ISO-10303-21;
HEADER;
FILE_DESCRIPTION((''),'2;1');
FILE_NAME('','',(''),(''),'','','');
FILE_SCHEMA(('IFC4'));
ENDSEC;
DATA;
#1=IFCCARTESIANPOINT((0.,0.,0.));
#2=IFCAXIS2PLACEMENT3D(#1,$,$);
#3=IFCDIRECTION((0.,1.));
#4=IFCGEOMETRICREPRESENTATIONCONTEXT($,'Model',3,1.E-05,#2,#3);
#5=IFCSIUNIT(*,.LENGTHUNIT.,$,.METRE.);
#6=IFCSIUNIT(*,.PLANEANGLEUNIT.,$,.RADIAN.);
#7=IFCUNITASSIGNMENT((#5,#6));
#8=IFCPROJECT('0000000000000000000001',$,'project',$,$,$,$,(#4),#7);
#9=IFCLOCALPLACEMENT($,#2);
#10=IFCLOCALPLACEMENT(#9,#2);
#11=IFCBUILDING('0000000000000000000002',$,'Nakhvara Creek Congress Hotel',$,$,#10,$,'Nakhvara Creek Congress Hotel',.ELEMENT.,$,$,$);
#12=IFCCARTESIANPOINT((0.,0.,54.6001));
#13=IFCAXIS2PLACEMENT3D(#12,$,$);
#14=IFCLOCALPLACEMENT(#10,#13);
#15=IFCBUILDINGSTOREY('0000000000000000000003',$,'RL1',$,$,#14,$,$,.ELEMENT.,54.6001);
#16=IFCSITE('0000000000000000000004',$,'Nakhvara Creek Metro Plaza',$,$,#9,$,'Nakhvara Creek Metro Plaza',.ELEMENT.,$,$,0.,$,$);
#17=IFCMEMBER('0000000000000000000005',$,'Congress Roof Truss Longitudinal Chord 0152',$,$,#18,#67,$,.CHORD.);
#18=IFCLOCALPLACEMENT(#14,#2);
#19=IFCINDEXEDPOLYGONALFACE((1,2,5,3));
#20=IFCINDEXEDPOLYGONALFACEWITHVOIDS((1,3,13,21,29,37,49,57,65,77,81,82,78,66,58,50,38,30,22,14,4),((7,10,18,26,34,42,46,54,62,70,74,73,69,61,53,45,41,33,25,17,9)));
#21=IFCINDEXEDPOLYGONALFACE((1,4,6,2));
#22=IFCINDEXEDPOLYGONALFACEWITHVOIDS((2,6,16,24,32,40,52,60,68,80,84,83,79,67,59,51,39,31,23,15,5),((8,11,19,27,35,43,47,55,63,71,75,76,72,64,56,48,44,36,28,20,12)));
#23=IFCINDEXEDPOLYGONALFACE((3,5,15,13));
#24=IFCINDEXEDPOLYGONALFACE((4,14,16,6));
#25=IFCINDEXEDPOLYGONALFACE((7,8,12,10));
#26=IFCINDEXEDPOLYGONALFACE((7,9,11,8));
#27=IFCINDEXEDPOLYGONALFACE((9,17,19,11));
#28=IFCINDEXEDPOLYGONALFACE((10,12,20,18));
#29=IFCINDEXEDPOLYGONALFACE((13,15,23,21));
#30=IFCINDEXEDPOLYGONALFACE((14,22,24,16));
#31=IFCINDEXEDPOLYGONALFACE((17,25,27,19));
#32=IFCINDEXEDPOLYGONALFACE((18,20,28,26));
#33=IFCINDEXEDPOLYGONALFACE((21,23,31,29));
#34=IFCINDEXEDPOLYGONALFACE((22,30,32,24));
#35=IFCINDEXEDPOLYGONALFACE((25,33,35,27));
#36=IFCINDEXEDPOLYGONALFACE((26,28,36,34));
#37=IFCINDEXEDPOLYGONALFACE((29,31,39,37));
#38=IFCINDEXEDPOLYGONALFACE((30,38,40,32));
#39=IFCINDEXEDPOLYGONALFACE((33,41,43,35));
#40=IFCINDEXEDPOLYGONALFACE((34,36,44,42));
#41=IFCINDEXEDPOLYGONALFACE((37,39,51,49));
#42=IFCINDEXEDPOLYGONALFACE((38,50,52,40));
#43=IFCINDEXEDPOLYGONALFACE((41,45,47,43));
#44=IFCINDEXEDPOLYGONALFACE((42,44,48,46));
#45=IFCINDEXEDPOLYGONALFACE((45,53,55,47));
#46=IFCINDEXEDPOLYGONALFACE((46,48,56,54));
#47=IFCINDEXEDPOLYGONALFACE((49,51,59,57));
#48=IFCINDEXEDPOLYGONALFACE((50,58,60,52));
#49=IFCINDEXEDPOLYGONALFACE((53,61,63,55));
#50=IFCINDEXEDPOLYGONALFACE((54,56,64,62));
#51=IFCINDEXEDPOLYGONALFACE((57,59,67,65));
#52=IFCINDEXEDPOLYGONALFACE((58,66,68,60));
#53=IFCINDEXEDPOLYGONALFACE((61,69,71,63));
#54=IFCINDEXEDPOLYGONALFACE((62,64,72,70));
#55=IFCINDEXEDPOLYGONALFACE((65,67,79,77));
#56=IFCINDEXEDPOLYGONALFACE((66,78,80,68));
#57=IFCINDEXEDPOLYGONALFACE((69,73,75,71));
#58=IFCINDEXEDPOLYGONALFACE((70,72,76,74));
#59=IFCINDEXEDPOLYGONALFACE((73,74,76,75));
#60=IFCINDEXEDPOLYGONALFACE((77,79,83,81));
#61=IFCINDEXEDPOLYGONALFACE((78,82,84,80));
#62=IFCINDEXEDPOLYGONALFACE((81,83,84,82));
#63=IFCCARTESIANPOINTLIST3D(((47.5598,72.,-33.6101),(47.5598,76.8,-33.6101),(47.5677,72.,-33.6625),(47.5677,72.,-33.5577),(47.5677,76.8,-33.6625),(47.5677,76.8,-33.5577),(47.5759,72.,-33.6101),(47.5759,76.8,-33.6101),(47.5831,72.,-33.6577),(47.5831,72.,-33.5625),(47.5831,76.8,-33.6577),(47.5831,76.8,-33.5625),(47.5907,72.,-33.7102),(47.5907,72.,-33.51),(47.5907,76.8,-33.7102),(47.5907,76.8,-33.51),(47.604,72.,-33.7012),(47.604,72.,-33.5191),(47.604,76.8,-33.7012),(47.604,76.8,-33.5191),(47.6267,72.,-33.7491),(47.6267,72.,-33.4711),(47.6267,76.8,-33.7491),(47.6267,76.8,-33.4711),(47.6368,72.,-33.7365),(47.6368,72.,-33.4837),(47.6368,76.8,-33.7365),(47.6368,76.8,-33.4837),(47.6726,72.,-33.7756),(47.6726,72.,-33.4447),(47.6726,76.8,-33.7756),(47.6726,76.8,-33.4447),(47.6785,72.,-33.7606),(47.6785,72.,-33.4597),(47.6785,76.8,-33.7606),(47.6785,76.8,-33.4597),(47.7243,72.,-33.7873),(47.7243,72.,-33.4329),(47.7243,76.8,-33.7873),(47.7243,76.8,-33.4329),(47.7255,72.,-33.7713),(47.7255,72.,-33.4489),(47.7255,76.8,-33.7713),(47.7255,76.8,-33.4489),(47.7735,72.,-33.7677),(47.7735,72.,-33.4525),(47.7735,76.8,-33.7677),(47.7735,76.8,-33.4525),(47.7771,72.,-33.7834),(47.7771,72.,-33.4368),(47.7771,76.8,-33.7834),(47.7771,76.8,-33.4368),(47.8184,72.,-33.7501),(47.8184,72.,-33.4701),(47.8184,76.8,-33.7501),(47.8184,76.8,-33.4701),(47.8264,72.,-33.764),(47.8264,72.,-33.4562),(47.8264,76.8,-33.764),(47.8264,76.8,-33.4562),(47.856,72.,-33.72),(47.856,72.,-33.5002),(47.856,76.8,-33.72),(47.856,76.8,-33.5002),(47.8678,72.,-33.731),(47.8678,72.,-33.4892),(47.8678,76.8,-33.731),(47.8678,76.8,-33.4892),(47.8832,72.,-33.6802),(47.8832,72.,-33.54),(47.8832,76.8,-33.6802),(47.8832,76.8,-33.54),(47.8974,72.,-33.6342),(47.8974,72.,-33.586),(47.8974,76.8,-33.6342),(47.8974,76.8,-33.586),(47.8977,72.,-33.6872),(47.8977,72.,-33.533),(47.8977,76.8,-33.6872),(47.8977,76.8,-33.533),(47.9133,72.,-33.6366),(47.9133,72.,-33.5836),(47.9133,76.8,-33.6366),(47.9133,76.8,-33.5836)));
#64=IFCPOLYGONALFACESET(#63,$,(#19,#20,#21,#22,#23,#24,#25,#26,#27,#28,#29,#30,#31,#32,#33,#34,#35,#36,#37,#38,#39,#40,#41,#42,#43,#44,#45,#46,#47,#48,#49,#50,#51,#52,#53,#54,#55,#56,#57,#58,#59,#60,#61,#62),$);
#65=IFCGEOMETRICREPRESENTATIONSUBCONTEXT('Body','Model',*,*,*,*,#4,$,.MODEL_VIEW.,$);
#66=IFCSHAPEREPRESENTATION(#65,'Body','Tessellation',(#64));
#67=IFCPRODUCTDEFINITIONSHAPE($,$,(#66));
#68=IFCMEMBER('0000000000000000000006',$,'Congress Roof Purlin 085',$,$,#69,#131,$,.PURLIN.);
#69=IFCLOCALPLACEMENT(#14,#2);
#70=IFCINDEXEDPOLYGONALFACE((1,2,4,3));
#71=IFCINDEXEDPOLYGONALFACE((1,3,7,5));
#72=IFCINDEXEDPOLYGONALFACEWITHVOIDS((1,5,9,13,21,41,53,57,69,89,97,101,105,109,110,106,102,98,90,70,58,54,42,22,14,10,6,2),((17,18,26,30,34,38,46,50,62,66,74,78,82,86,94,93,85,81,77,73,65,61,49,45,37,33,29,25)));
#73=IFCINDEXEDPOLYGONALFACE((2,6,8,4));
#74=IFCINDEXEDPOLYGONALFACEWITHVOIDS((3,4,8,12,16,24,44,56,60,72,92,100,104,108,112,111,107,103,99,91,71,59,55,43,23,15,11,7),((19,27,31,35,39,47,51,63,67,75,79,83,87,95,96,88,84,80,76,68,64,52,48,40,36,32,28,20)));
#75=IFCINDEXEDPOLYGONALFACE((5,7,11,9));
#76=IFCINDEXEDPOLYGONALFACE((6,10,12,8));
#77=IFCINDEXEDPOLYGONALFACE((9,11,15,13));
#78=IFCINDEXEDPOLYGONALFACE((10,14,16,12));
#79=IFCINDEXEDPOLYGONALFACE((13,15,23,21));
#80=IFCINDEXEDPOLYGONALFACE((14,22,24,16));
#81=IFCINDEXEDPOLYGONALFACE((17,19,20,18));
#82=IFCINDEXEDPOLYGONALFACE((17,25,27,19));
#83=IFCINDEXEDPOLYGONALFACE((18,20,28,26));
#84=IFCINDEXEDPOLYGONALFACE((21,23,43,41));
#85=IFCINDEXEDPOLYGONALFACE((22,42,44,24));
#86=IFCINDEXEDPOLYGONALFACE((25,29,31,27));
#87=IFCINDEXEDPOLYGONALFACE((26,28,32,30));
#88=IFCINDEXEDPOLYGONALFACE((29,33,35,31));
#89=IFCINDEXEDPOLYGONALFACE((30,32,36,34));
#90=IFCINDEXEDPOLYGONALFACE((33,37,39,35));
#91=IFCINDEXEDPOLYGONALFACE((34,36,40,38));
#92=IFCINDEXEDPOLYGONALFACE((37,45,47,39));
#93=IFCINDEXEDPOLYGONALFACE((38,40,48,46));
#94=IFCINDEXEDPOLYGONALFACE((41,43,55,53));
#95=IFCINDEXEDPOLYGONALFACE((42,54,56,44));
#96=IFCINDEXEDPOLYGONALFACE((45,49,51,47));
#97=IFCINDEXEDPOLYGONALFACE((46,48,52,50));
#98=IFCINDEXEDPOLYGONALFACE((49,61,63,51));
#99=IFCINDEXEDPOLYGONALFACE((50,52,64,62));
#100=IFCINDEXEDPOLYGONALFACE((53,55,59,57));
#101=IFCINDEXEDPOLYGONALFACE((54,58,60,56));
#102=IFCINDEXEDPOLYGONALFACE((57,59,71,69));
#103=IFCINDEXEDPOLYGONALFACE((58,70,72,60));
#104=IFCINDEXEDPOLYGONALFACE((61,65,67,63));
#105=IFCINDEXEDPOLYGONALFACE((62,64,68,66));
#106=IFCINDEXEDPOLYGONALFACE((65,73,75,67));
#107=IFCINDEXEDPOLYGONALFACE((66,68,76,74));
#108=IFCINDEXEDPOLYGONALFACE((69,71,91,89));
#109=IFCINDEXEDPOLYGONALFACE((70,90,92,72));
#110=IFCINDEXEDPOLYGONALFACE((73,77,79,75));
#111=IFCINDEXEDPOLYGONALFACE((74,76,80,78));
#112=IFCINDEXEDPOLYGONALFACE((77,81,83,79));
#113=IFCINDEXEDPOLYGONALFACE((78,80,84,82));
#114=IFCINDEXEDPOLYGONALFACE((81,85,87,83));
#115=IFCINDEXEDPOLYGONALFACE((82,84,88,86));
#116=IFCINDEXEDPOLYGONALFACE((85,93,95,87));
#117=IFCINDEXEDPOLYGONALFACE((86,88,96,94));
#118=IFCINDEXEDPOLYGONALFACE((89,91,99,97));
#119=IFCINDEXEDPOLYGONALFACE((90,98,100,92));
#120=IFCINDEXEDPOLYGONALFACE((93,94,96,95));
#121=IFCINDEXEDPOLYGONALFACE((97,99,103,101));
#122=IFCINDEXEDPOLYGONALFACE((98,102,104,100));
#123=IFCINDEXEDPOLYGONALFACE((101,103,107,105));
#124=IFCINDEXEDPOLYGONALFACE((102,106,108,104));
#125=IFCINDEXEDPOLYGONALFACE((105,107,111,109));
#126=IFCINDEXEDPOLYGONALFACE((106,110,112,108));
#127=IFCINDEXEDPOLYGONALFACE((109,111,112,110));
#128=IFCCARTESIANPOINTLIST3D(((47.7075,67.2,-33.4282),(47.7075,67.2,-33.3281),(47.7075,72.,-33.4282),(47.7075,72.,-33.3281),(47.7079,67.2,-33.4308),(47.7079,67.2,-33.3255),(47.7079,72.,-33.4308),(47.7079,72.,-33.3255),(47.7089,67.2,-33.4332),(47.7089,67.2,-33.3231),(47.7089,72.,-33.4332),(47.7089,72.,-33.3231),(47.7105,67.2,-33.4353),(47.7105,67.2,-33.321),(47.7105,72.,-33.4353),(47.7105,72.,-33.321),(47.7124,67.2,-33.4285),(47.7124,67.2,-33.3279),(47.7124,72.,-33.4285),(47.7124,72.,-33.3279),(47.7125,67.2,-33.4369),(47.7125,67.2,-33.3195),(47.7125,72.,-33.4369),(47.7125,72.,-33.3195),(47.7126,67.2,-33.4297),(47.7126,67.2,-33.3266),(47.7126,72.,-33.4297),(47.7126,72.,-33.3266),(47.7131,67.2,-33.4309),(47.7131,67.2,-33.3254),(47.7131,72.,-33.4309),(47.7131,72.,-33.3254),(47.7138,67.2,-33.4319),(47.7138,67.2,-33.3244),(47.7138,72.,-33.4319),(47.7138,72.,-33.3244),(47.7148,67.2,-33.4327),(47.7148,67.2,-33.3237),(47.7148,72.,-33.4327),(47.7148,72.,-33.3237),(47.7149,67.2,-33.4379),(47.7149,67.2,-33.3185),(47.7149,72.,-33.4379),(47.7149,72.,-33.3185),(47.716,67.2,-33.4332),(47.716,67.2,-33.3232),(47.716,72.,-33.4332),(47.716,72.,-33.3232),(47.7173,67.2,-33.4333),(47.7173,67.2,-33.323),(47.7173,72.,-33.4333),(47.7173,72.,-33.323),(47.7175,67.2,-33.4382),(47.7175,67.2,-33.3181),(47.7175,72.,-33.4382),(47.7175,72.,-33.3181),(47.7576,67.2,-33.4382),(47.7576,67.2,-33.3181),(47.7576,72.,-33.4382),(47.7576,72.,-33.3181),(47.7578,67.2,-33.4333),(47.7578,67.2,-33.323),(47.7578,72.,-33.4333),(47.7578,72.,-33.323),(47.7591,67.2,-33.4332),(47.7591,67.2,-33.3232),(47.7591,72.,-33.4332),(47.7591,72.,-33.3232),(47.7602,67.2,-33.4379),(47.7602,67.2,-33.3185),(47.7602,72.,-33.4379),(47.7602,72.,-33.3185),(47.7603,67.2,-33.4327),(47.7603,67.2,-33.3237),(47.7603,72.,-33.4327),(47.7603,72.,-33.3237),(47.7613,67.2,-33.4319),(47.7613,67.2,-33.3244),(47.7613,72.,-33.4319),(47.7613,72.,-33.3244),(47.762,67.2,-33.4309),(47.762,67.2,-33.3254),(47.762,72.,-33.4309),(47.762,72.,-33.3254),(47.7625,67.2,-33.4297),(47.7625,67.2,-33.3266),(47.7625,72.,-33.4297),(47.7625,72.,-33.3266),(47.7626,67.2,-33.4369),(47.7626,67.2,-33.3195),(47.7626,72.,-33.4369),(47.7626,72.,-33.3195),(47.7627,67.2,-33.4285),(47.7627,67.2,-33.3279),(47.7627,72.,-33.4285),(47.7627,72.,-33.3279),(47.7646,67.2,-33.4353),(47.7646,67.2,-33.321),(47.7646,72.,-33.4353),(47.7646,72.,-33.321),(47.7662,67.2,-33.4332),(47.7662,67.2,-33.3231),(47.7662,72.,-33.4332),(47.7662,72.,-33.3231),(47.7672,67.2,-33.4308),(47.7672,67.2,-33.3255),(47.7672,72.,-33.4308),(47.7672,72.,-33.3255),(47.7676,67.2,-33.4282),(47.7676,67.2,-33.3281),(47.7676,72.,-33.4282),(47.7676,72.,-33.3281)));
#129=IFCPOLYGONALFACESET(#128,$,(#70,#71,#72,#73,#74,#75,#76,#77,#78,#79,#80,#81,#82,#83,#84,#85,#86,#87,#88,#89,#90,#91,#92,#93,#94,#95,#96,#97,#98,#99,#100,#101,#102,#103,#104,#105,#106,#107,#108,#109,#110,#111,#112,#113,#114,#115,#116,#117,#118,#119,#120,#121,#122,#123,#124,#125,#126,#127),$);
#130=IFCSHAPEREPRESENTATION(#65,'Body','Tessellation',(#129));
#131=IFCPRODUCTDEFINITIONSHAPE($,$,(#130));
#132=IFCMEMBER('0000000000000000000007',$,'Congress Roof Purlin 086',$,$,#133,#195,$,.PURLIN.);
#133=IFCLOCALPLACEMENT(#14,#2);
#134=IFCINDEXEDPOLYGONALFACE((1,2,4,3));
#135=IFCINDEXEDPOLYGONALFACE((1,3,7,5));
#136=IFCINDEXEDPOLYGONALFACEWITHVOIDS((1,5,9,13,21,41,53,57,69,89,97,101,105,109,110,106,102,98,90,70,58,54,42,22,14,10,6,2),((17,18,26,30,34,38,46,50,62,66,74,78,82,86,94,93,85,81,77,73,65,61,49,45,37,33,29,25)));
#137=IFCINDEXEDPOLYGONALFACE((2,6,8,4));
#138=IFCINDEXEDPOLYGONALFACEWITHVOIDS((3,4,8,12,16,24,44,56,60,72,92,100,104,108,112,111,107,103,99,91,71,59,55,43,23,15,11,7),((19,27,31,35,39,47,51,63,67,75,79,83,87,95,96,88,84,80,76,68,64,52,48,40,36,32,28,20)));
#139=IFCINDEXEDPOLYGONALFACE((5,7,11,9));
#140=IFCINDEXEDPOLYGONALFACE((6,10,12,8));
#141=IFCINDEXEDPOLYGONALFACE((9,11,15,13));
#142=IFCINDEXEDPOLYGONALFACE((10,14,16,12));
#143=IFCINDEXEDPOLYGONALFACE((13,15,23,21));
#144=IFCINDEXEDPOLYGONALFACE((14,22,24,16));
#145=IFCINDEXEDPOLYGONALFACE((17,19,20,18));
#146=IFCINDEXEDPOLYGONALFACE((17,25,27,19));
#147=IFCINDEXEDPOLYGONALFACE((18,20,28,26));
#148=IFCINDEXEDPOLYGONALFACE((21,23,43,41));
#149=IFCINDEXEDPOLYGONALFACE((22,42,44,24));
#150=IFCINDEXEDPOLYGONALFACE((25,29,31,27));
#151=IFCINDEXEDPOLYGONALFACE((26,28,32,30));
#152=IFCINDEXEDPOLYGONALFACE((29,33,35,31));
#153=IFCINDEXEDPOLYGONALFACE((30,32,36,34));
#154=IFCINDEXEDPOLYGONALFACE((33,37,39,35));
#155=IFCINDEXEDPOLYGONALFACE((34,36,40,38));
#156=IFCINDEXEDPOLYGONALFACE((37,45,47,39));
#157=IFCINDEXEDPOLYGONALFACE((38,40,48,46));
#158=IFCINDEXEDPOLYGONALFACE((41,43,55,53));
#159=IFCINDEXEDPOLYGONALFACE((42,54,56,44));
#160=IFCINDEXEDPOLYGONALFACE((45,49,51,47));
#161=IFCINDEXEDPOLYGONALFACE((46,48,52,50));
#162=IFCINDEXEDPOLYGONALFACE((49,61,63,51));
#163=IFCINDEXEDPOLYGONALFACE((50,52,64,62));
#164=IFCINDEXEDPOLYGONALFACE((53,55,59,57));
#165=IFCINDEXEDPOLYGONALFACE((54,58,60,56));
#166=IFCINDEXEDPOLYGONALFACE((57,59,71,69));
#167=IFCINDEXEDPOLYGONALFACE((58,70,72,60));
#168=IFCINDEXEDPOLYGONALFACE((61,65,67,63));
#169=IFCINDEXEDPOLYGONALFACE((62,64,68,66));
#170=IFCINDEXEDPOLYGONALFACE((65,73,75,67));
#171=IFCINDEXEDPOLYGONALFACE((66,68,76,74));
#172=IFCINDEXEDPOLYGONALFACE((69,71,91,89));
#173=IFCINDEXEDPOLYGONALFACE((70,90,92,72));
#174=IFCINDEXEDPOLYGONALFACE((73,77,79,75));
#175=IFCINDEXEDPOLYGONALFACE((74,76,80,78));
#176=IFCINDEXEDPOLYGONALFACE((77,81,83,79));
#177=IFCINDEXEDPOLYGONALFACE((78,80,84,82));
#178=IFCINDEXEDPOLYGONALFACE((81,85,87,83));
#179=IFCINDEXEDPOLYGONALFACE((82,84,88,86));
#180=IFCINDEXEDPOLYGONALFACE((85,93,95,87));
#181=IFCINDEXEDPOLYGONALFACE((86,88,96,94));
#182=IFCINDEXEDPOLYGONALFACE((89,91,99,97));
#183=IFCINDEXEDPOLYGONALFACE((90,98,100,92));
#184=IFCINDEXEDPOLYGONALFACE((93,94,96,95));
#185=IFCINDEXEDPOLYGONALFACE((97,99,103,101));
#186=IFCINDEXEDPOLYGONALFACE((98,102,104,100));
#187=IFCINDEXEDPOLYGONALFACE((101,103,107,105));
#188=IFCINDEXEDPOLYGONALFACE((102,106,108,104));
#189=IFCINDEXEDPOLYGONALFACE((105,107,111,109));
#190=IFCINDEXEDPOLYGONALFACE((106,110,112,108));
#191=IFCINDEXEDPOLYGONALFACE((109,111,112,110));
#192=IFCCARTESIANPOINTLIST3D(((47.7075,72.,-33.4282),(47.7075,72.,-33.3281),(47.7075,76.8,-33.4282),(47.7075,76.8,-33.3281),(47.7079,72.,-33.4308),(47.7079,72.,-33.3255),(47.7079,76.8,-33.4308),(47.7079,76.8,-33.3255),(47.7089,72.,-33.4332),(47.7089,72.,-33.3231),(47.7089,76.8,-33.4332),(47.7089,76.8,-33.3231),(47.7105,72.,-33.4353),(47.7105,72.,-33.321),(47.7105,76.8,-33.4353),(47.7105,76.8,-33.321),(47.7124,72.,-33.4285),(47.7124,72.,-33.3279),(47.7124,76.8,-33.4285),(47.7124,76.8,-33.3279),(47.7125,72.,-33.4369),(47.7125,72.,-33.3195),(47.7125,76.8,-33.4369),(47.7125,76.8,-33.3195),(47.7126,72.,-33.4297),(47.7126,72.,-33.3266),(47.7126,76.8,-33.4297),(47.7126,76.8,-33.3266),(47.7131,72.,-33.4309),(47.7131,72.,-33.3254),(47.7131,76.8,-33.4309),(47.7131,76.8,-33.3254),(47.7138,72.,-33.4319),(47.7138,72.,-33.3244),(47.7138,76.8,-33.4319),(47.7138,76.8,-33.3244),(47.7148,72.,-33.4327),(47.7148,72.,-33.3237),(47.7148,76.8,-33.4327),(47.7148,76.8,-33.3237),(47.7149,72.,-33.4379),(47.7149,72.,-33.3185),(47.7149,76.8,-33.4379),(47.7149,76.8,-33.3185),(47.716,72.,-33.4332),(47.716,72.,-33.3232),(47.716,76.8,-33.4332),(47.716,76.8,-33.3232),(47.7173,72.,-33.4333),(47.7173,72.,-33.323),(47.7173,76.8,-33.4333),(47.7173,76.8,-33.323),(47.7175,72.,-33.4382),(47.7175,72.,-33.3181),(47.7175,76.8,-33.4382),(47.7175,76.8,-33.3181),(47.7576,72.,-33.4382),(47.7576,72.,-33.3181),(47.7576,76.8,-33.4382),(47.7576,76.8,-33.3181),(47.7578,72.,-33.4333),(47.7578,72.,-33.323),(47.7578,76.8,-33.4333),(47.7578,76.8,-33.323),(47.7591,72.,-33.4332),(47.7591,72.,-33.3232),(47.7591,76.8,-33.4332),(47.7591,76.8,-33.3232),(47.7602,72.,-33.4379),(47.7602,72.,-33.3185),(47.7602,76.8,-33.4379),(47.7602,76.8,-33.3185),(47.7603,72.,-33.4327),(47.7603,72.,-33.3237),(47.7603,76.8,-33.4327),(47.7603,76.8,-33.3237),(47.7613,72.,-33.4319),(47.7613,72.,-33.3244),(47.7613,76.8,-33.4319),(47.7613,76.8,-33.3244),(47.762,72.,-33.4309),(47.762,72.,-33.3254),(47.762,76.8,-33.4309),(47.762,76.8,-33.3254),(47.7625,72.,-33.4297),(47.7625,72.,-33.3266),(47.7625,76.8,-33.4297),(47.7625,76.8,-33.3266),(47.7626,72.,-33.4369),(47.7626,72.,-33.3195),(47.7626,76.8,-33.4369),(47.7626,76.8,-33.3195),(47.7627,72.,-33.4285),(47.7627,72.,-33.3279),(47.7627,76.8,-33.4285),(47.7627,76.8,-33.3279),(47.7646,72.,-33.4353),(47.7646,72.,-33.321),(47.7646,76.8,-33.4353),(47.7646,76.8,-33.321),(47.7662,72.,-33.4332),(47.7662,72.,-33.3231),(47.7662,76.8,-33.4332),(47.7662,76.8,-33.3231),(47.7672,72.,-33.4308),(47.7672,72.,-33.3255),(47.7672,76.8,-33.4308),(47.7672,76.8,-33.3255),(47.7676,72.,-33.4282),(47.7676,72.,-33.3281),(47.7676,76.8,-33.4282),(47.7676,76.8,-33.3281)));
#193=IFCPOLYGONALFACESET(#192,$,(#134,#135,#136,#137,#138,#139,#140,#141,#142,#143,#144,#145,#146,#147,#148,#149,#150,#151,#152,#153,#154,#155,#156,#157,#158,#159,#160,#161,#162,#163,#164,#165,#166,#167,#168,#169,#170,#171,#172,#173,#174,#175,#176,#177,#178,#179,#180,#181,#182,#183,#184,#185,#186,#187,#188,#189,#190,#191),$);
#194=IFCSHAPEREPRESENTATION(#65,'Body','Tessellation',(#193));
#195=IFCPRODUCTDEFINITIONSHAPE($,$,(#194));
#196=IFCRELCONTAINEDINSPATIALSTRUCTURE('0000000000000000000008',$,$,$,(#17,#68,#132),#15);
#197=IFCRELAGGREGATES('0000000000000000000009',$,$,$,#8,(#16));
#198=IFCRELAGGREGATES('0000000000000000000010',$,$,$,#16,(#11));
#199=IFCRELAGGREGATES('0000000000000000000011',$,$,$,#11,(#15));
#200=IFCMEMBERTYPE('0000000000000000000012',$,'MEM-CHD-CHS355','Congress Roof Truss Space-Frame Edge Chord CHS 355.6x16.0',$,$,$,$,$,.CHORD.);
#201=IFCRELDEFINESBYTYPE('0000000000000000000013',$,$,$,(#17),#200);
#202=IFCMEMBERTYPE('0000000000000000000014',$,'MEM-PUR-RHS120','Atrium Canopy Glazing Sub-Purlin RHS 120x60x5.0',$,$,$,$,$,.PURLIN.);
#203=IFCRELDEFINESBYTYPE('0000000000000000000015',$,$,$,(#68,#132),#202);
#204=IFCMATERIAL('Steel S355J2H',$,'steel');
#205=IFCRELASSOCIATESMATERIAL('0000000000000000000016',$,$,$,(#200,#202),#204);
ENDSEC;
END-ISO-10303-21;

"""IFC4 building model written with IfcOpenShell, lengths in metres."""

from ifc_helpers import new_model, si_unit, direction, frame, origin, origin_2d, place, context, subcontext, project, spatial, hollow_rectangle, hollow_circle, extrude, material, material_profile, profile_set, type_object, element, save


model = new_model("IFC4")

# Units and contexts
model_context = context("Model", 3, precision=1e-05, world=origin(), true_north=direction((0.0, 1.0)))
body_context = subcontext(model_context, "Body", "Model", "MODEL_VIEW")
ifc_project = project(units=[si_unit("LENGTHUNIT", "METRE"), si_unit("PLANEANGLEUNIT", "RADIAN")], contexts=[model_context])

# Site, building, storey
site_placement = place(None, origin())
site = spatial("IfcSite", under=ifc_project, at=site_placement, Name="Nakhvara Creek Metro Plaza", LongName="Nakhvara Creek Metro Plaza", CompositionType="ELEMENT", RefElevation=0.0)
building_placement = place(site_placement, origin())
building = spatial("IfcBuilding", under=site, at=building_placement, Name="Nakhvara Creek Congress Hotel", LongName="Nakhvara Creek Congress Hotel", CompositionType="ELEMENT")
storey_placement = place(building_placement, frame((0.0, 0.0, 54.6001)))
storey = spatial("IfcBuildingStorey", under=building, at=storey_placement, Name="RL1", CompositionType="ELEMENT", Elevation=54.6001)

# Members
ifc_material_1 = material(Name="Steel S355J2H", Category="steel")
ifc_material_profile_1 = material_profile(ifc_material_1, hollow_circle(Radius=0.1777, WallThickness=0.0161, at=origin_2d()), Name="CHS 355.6x16.0", Category="LoadBearing")
ifc_profile_set_1 = profile_set([ifc_material_profile_1], Name="Steel S355J2H")
member_type_1 = type_object("IfcMemberType", Name="MEM-CHD-CHS355", Description="Congress Roof Truss Space-Frame Edge Chord CHS 355.6x16.0", PredefinedType="CHORD", material=ifc_profile_set_1)
for number, where, z_axis, x_axis, name in (
    (1, (47.7375, 72.0, -33.6101), (0.0, 1.0, 0.0), (-1.0, 0.0, 0.0), "Congress Roof Truss Longitudinal Chord 0152"),
):
    element("IfcMember", number, at=place(storey_placement, frame(where, z_axis=z_axis, x_axis=x_axis)), inside=storey, type_object=member_type_1, Name=name, PredefinedType="CHORD", context=body_context, shape_type="SweptSolid", body=[
        extrude(hollow_circle(Radius=0.1777, WallThickness=0.0161, at=origin_2d()), origin(), (0.0, 0.0, 1.0), 4.8),
    ])
ifc_material_profile_2 = material_profile(ifc_material_1, hollow_rectangle(XDim=0.0601, YDim=0.1201, WallThickness=0.0049, InnerFilletRadius=0.0049, OuterFilletRadius=0.01, at=origin_2d()), Name="RHS 120x60x5.0", Category="LoadBearing")
ifc_profile_set_2 = profile_set([ifc_material_profile_2], Name="Steel S355J2H")
member_type_2 = type_object("IfcMemberType", Name="MEM-PUR-RHS120", Description="Atrium Canopy Glazing Sub-Purlin RHS 120x60x5.0", PredefinedType="PURLIN", material=ifc_profile_set_2)
for number, where, z_axis, x_axis, name in (
    (2, (47.7375, 67.2, -33.3782), (0.0, 1.0, 0.0), (-1.0, 0.0, 0.0), "Congress Roof Purlin 085"),
    (3, (47.7375, 72.0, -33.3782), (0.0, 1.0, 0.0), (-1.0, 0.0, 0.0), "Congress Roof Purlin 086"),
):
    element("IfcMember", number, at=place(storey_placement, frame(where, z_axis=z_axis, x_axis=x_axis)), inside=storey, type_object=member_type_2, Name=name, PredefinedType="PURLIN", context=body_context, shape_type="SweptSolid", body=[
        extrude(hollow_rectangle(XDim=0.0601, YDim=0.1201, WallThickness=0.0049, InnerFilletRadius=0.0049, OuterFilletRadius=0.01, at=origin_2d()), origin(), (0.0, 0.0, 1.0), 4.8),
    ])

save(model, "model.ifc")
